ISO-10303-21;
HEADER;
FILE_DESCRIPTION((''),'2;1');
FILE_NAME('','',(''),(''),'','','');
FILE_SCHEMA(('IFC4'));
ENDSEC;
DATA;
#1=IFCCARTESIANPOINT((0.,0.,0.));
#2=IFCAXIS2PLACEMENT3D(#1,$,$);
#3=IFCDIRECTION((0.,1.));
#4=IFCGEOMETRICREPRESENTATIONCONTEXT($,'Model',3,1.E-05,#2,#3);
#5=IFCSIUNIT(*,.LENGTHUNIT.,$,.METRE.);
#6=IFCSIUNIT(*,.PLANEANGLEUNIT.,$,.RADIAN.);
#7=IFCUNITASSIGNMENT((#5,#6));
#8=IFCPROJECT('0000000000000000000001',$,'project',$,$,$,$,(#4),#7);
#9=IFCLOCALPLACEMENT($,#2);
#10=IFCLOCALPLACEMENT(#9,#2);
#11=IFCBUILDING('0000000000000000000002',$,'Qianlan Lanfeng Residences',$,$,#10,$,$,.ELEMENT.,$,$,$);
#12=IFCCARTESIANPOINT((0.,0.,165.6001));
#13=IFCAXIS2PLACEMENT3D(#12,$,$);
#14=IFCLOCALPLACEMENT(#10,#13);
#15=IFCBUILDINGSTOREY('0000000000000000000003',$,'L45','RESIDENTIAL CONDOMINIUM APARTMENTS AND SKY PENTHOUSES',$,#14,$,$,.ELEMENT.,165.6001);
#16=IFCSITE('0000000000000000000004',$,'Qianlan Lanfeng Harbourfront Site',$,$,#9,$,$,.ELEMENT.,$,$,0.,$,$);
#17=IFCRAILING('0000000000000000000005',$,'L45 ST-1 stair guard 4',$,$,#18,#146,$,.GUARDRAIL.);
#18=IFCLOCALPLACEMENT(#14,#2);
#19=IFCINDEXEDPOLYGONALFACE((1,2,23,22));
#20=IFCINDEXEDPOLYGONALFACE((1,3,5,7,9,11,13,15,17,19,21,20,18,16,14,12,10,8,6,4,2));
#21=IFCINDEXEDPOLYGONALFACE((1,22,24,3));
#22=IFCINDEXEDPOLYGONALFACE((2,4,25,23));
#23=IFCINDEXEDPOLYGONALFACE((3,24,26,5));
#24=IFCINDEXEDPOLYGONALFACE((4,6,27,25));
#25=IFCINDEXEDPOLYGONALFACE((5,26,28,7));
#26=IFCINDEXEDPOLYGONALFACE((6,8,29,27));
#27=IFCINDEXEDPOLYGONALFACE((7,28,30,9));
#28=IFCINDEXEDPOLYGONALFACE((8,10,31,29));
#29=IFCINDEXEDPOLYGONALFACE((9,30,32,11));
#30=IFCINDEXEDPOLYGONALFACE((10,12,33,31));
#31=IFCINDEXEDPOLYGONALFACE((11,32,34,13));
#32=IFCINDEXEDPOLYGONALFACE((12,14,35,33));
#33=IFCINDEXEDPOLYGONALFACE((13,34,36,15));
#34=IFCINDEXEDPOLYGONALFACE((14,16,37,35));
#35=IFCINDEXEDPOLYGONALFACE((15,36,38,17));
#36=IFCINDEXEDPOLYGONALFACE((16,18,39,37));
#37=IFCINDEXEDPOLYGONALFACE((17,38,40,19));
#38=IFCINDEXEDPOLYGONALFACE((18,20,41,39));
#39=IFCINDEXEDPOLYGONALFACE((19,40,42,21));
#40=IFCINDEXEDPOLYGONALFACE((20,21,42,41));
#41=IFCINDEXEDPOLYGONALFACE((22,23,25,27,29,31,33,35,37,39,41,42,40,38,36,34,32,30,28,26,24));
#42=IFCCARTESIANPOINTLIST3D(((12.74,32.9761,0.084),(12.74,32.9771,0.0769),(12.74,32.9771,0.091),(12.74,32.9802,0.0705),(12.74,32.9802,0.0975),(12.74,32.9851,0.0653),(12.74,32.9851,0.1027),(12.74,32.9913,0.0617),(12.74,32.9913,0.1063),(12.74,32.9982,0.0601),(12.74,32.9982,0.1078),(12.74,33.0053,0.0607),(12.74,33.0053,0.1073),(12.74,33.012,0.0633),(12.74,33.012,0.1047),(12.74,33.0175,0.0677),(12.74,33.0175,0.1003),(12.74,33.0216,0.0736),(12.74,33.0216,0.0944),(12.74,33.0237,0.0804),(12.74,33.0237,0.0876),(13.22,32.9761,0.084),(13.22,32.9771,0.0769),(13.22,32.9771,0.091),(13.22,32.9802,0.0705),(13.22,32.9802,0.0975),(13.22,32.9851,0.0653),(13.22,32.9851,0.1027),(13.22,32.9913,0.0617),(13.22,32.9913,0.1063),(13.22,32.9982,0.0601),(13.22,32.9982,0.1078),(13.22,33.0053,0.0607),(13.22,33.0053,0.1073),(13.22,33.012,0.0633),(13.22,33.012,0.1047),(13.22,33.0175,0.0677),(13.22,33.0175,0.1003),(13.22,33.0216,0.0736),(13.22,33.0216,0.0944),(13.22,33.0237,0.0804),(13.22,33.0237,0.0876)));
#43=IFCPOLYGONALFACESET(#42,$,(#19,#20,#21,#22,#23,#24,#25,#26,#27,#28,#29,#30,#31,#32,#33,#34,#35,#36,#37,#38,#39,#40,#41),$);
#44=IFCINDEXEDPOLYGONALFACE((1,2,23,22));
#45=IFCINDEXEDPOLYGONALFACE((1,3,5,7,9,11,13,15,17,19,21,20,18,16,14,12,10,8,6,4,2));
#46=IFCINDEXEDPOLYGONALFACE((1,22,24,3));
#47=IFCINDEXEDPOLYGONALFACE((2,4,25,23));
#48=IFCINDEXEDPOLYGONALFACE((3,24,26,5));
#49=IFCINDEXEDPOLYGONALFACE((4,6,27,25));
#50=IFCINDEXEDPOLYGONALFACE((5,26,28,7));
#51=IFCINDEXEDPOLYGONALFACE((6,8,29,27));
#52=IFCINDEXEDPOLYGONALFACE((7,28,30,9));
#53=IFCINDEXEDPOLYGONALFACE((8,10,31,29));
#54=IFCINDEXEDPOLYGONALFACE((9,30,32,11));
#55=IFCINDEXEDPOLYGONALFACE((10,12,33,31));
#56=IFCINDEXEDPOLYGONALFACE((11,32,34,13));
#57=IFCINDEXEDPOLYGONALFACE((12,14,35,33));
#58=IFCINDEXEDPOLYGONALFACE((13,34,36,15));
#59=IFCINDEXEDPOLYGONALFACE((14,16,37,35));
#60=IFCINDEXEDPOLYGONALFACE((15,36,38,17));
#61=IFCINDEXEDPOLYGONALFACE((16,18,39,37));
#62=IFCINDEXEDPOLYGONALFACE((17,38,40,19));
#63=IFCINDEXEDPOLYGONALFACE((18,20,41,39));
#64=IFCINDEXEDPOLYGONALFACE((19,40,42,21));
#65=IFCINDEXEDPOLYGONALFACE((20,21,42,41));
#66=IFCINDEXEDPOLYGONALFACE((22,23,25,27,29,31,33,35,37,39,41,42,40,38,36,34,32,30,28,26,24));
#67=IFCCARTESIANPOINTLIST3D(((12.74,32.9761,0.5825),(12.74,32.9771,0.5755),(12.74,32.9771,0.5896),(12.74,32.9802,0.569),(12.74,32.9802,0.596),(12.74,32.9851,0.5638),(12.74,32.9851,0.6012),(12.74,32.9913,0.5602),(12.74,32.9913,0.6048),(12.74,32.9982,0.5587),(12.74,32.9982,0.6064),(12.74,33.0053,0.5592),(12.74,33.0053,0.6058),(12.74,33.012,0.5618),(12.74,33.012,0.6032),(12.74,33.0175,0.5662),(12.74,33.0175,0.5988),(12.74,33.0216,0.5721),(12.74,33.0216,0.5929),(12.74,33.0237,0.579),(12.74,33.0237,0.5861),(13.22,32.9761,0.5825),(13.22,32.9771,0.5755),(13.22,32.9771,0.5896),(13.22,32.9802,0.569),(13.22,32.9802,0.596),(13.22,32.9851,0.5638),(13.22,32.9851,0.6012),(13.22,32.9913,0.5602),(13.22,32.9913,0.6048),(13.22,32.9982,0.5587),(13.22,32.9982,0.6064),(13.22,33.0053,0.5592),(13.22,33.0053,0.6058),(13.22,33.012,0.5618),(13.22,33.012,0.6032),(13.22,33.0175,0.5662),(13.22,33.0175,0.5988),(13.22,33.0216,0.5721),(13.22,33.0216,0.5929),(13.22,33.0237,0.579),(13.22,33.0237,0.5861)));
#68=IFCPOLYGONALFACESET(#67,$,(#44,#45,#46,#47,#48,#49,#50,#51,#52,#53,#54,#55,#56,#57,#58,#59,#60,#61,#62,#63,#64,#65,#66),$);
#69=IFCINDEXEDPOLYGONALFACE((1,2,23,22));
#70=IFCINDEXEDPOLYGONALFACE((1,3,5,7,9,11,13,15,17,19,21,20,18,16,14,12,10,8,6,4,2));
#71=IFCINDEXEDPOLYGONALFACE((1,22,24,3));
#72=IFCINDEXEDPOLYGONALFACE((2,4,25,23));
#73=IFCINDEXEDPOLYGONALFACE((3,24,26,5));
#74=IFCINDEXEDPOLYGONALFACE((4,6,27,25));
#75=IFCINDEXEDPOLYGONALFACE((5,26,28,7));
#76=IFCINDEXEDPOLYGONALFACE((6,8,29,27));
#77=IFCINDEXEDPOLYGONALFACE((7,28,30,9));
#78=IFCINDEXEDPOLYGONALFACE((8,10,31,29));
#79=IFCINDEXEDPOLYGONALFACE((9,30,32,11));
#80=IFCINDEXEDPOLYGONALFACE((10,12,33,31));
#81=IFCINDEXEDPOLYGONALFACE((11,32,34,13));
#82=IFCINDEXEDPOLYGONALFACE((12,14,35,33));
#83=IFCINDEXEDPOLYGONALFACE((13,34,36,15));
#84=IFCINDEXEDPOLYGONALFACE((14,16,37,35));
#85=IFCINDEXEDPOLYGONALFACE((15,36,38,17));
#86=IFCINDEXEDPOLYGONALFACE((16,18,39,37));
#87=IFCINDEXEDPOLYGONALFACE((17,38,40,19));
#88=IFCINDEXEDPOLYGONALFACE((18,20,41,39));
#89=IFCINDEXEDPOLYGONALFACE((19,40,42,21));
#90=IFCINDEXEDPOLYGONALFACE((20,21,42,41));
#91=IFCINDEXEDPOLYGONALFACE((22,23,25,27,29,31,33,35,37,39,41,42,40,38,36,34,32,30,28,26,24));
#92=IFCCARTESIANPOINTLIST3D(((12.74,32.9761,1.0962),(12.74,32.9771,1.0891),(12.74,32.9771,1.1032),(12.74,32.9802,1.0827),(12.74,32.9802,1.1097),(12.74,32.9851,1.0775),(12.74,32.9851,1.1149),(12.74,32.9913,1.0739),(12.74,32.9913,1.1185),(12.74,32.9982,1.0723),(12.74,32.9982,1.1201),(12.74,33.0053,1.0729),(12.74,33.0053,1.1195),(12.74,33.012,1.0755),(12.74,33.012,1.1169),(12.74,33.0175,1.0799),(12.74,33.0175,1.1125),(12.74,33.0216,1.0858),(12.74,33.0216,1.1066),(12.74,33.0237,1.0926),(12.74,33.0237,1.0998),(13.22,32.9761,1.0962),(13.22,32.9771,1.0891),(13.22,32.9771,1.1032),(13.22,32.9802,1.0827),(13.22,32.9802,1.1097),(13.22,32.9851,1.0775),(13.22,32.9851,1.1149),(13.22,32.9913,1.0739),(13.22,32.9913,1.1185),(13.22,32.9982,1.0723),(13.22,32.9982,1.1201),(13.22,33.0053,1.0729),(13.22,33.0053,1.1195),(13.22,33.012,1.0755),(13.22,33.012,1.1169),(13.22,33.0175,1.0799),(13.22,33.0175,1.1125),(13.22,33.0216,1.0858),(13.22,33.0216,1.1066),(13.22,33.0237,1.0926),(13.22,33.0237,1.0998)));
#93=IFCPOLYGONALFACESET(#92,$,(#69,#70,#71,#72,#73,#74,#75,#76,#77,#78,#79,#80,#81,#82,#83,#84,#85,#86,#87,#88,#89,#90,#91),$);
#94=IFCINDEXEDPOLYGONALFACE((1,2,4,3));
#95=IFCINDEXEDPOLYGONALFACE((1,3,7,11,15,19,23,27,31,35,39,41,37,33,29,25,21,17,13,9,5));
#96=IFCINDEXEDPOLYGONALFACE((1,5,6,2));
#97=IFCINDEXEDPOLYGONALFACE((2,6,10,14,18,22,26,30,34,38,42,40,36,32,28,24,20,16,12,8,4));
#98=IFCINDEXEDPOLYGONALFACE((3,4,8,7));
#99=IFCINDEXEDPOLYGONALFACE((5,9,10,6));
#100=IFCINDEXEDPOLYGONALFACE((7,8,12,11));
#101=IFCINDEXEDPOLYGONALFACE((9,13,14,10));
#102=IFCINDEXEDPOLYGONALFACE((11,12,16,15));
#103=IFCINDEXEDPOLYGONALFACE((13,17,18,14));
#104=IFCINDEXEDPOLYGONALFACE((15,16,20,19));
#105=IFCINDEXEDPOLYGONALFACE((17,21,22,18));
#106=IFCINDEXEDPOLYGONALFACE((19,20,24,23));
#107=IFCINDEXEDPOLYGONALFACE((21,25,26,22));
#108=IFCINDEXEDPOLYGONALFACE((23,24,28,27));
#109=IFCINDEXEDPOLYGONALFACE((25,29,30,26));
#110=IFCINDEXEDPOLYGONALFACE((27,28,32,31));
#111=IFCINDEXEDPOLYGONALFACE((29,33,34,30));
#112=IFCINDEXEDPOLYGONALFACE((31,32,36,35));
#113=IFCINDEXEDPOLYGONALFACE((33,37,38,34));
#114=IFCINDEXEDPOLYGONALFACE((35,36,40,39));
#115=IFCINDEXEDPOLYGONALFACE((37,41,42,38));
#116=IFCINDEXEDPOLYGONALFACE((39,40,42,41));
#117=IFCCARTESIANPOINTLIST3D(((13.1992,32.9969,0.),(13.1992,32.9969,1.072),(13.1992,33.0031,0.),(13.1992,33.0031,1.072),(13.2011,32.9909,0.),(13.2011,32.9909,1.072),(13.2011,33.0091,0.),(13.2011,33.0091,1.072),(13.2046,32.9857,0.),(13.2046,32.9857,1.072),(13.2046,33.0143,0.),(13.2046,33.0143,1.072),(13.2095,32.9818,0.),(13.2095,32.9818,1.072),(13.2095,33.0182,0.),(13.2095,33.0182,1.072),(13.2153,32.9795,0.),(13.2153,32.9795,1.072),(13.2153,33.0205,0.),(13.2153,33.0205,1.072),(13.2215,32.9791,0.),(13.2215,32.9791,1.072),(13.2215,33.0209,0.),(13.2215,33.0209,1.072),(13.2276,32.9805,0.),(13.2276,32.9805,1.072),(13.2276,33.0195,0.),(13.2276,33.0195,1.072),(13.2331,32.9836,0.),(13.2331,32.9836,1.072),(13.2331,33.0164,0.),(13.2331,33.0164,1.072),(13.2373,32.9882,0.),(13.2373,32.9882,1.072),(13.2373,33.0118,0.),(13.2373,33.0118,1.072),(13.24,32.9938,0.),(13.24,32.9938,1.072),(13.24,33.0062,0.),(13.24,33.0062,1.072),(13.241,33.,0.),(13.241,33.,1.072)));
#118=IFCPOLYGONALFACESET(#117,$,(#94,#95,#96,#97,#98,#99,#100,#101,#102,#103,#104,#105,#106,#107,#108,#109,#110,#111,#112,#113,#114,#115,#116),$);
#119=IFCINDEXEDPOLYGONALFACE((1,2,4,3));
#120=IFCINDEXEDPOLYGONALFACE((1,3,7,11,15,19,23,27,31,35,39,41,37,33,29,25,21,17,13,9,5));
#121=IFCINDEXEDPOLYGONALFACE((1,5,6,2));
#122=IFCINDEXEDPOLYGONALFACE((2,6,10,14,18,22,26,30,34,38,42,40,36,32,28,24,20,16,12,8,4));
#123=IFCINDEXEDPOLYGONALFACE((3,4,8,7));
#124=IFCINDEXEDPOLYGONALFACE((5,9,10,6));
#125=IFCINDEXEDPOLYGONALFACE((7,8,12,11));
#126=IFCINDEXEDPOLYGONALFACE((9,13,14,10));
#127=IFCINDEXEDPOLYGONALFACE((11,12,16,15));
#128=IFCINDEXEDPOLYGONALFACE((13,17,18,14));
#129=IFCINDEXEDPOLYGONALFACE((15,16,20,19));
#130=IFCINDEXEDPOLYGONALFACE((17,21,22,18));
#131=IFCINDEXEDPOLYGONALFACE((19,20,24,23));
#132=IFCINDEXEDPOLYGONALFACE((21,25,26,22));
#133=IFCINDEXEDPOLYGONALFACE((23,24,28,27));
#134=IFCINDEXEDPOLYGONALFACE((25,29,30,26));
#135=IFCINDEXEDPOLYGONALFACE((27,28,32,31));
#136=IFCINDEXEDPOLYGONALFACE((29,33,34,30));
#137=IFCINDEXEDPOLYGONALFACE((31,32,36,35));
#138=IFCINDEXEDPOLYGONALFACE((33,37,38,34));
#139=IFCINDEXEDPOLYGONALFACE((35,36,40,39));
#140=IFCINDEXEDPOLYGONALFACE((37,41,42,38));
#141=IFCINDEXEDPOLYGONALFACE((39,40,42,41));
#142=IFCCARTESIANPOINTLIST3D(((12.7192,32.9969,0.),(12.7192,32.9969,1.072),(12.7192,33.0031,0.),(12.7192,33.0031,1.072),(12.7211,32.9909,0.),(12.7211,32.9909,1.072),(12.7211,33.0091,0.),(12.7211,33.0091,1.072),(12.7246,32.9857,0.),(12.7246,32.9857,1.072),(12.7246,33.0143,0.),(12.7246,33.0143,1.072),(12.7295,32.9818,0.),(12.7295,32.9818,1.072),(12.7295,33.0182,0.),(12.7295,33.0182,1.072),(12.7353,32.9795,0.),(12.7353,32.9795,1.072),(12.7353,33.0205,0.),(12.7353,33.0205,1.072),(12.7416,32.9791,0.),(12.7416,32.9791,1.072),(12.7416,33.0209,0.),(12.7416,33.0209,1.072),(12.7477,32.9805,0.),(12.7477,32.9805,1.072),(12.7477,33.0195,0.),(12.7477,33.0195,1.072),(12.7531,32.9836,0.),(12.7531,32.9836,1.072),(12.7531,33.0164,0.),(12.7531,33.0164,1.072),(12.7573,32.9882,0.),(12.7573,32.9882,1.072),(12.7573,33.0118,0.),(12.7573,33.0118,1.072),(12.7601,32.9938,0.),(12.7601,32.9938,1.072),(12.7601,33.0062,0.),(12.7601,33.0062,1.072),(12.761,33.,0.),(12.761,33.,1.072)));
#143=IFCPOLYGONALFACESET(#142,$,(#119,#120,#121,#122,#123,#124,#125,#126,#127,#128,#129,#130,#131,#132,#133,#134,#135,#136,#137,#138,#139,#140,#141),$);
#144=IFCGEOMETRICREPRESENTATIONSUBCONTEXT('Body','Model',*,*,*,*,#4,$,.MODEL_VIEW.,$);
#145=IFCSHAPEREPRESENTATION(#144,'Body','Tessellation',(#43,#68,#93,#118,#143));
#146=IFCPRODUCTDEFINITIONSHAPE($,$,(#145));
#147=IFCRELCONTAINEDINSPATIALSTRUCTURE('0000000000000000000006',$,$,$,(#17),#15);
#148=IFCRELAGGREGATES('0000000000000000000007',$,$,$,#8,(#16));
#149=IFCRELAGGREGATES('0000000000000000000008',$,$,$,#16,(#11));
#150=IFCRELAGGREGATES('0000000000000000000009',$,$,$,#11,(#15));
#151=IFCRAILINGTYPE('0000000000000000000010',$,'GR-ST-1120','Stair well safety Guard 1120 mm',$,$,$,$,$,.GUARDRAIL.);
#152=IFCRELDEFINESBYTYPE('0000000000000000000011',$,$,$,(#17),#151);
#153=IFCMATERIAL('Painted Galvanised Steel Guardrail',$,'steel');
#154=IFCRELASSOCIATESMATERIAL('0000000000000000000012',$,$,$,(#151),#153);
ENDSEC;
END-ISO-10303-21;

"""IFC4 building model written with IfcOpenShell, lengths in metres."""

from ifc_helpers import new_model, si_unit, direction, frame, origin, origin_2d, place, context, subcontext, project, spatial, circle, extrude, material, type_object, element, save


model = new_model("IFC4")

# Units and contexts
model_context = context("Model", 3, precision=1e-05, world=origin(), true_north=direction((0.0, 1.0)))
body_context = subcontext(model_context, "Body", "Model", "MODEL_VIEW")
ifc_project = project(units=[si_unit("LENGTHUNIT", "METRE"), si_unit("PLANEANGLEUNIT", "RADIAN")], contexts=[model_context])

# Site, building, storey
site_placement = place(None, origin())
site = spatial("IfcSite", under=ifc_project, at=site_placement, Name="Qianlan Lanfeng Harbourfront Site", CompositionType="ELEMENT", RefElevation=0.0)
building_placement = place(site_placement, origin())
building = spatial("IfcBuilding", under=site, at=building_placement, Name="Qianlan Lanfeng Residences", CompositionType="ELEMENT")
storey_placement = place(building_placement, frame((0.0, 0.0, 165.6001)))
storey = spatial("IfcBuildingStorey", under=building, at=storey_placement, Name="L45", Description="RESIDENTIAL CONDOMINIUM APARTMENTS AND SKY PENTHOUSES", CompositionType="ELEMENT", Elevation=165.6001)

# Railing
ifc_material_1 = material(Name="Painted Galvanised Steel Guardrail", Category="steel")
railing_type_1 = type_object("IfcRailingType", Name="GR-ST-1120", Description="Stair well safety Guard 1120 mm", PredefinedType="GUARDRAIL", material=ifc_material_1)
railing_1_placement = place(storey_placement, frame((13.22, 33.0, 0.0)))
element("IfcRailing", 1, at=railing_1_placement, inside=storey, type_object=railing_type_1, Name="L45 ST-1 stair guard 4", PredefinedType="GUARDRAIL", context=body_context, shape_type="SweptSolid", body=[
    extrude(circle(Radius=0.0239, at=origin_2d()), frame((0.0, 0.0, 0.084), z_axis=(-1.0, 0.0, 0.0), x_axis=(0.0, -1.0, 0.0)), (0.0, 0.0, 1.0), 0.48),
    extrude(circle(Radius=0.0239, at=origin_2d()), frame((0.0, 0.0, 0.5825), z_axis=(-1.0, 0.0, 0.0), x_axis=(0.0, -1.0, 0.0)), (0.0, 0.0, 1.0), 0.48),
    extrude(circle(Radius=0.0239, at=origin_2d()), frame((0.0, 0.0, 1.0962), z_axis=(-1.0, 0.0, 0.0), x_axis=(0.0, -1.0, 0.0)), (0.0, 0.0, 1.0), 0.48),
    extrude(circle(Radius=0.021, at=origin_2d()), origin(), (0.0, 0.0, 1.0), 1.072),
    extrude(circle(Radius=0.021, at=origin_2d()), frame((-0.48, 0.0, 0.0)), (0.0, 0.0, 1.0), 1.072),
])

save(model, "model.ifc")
